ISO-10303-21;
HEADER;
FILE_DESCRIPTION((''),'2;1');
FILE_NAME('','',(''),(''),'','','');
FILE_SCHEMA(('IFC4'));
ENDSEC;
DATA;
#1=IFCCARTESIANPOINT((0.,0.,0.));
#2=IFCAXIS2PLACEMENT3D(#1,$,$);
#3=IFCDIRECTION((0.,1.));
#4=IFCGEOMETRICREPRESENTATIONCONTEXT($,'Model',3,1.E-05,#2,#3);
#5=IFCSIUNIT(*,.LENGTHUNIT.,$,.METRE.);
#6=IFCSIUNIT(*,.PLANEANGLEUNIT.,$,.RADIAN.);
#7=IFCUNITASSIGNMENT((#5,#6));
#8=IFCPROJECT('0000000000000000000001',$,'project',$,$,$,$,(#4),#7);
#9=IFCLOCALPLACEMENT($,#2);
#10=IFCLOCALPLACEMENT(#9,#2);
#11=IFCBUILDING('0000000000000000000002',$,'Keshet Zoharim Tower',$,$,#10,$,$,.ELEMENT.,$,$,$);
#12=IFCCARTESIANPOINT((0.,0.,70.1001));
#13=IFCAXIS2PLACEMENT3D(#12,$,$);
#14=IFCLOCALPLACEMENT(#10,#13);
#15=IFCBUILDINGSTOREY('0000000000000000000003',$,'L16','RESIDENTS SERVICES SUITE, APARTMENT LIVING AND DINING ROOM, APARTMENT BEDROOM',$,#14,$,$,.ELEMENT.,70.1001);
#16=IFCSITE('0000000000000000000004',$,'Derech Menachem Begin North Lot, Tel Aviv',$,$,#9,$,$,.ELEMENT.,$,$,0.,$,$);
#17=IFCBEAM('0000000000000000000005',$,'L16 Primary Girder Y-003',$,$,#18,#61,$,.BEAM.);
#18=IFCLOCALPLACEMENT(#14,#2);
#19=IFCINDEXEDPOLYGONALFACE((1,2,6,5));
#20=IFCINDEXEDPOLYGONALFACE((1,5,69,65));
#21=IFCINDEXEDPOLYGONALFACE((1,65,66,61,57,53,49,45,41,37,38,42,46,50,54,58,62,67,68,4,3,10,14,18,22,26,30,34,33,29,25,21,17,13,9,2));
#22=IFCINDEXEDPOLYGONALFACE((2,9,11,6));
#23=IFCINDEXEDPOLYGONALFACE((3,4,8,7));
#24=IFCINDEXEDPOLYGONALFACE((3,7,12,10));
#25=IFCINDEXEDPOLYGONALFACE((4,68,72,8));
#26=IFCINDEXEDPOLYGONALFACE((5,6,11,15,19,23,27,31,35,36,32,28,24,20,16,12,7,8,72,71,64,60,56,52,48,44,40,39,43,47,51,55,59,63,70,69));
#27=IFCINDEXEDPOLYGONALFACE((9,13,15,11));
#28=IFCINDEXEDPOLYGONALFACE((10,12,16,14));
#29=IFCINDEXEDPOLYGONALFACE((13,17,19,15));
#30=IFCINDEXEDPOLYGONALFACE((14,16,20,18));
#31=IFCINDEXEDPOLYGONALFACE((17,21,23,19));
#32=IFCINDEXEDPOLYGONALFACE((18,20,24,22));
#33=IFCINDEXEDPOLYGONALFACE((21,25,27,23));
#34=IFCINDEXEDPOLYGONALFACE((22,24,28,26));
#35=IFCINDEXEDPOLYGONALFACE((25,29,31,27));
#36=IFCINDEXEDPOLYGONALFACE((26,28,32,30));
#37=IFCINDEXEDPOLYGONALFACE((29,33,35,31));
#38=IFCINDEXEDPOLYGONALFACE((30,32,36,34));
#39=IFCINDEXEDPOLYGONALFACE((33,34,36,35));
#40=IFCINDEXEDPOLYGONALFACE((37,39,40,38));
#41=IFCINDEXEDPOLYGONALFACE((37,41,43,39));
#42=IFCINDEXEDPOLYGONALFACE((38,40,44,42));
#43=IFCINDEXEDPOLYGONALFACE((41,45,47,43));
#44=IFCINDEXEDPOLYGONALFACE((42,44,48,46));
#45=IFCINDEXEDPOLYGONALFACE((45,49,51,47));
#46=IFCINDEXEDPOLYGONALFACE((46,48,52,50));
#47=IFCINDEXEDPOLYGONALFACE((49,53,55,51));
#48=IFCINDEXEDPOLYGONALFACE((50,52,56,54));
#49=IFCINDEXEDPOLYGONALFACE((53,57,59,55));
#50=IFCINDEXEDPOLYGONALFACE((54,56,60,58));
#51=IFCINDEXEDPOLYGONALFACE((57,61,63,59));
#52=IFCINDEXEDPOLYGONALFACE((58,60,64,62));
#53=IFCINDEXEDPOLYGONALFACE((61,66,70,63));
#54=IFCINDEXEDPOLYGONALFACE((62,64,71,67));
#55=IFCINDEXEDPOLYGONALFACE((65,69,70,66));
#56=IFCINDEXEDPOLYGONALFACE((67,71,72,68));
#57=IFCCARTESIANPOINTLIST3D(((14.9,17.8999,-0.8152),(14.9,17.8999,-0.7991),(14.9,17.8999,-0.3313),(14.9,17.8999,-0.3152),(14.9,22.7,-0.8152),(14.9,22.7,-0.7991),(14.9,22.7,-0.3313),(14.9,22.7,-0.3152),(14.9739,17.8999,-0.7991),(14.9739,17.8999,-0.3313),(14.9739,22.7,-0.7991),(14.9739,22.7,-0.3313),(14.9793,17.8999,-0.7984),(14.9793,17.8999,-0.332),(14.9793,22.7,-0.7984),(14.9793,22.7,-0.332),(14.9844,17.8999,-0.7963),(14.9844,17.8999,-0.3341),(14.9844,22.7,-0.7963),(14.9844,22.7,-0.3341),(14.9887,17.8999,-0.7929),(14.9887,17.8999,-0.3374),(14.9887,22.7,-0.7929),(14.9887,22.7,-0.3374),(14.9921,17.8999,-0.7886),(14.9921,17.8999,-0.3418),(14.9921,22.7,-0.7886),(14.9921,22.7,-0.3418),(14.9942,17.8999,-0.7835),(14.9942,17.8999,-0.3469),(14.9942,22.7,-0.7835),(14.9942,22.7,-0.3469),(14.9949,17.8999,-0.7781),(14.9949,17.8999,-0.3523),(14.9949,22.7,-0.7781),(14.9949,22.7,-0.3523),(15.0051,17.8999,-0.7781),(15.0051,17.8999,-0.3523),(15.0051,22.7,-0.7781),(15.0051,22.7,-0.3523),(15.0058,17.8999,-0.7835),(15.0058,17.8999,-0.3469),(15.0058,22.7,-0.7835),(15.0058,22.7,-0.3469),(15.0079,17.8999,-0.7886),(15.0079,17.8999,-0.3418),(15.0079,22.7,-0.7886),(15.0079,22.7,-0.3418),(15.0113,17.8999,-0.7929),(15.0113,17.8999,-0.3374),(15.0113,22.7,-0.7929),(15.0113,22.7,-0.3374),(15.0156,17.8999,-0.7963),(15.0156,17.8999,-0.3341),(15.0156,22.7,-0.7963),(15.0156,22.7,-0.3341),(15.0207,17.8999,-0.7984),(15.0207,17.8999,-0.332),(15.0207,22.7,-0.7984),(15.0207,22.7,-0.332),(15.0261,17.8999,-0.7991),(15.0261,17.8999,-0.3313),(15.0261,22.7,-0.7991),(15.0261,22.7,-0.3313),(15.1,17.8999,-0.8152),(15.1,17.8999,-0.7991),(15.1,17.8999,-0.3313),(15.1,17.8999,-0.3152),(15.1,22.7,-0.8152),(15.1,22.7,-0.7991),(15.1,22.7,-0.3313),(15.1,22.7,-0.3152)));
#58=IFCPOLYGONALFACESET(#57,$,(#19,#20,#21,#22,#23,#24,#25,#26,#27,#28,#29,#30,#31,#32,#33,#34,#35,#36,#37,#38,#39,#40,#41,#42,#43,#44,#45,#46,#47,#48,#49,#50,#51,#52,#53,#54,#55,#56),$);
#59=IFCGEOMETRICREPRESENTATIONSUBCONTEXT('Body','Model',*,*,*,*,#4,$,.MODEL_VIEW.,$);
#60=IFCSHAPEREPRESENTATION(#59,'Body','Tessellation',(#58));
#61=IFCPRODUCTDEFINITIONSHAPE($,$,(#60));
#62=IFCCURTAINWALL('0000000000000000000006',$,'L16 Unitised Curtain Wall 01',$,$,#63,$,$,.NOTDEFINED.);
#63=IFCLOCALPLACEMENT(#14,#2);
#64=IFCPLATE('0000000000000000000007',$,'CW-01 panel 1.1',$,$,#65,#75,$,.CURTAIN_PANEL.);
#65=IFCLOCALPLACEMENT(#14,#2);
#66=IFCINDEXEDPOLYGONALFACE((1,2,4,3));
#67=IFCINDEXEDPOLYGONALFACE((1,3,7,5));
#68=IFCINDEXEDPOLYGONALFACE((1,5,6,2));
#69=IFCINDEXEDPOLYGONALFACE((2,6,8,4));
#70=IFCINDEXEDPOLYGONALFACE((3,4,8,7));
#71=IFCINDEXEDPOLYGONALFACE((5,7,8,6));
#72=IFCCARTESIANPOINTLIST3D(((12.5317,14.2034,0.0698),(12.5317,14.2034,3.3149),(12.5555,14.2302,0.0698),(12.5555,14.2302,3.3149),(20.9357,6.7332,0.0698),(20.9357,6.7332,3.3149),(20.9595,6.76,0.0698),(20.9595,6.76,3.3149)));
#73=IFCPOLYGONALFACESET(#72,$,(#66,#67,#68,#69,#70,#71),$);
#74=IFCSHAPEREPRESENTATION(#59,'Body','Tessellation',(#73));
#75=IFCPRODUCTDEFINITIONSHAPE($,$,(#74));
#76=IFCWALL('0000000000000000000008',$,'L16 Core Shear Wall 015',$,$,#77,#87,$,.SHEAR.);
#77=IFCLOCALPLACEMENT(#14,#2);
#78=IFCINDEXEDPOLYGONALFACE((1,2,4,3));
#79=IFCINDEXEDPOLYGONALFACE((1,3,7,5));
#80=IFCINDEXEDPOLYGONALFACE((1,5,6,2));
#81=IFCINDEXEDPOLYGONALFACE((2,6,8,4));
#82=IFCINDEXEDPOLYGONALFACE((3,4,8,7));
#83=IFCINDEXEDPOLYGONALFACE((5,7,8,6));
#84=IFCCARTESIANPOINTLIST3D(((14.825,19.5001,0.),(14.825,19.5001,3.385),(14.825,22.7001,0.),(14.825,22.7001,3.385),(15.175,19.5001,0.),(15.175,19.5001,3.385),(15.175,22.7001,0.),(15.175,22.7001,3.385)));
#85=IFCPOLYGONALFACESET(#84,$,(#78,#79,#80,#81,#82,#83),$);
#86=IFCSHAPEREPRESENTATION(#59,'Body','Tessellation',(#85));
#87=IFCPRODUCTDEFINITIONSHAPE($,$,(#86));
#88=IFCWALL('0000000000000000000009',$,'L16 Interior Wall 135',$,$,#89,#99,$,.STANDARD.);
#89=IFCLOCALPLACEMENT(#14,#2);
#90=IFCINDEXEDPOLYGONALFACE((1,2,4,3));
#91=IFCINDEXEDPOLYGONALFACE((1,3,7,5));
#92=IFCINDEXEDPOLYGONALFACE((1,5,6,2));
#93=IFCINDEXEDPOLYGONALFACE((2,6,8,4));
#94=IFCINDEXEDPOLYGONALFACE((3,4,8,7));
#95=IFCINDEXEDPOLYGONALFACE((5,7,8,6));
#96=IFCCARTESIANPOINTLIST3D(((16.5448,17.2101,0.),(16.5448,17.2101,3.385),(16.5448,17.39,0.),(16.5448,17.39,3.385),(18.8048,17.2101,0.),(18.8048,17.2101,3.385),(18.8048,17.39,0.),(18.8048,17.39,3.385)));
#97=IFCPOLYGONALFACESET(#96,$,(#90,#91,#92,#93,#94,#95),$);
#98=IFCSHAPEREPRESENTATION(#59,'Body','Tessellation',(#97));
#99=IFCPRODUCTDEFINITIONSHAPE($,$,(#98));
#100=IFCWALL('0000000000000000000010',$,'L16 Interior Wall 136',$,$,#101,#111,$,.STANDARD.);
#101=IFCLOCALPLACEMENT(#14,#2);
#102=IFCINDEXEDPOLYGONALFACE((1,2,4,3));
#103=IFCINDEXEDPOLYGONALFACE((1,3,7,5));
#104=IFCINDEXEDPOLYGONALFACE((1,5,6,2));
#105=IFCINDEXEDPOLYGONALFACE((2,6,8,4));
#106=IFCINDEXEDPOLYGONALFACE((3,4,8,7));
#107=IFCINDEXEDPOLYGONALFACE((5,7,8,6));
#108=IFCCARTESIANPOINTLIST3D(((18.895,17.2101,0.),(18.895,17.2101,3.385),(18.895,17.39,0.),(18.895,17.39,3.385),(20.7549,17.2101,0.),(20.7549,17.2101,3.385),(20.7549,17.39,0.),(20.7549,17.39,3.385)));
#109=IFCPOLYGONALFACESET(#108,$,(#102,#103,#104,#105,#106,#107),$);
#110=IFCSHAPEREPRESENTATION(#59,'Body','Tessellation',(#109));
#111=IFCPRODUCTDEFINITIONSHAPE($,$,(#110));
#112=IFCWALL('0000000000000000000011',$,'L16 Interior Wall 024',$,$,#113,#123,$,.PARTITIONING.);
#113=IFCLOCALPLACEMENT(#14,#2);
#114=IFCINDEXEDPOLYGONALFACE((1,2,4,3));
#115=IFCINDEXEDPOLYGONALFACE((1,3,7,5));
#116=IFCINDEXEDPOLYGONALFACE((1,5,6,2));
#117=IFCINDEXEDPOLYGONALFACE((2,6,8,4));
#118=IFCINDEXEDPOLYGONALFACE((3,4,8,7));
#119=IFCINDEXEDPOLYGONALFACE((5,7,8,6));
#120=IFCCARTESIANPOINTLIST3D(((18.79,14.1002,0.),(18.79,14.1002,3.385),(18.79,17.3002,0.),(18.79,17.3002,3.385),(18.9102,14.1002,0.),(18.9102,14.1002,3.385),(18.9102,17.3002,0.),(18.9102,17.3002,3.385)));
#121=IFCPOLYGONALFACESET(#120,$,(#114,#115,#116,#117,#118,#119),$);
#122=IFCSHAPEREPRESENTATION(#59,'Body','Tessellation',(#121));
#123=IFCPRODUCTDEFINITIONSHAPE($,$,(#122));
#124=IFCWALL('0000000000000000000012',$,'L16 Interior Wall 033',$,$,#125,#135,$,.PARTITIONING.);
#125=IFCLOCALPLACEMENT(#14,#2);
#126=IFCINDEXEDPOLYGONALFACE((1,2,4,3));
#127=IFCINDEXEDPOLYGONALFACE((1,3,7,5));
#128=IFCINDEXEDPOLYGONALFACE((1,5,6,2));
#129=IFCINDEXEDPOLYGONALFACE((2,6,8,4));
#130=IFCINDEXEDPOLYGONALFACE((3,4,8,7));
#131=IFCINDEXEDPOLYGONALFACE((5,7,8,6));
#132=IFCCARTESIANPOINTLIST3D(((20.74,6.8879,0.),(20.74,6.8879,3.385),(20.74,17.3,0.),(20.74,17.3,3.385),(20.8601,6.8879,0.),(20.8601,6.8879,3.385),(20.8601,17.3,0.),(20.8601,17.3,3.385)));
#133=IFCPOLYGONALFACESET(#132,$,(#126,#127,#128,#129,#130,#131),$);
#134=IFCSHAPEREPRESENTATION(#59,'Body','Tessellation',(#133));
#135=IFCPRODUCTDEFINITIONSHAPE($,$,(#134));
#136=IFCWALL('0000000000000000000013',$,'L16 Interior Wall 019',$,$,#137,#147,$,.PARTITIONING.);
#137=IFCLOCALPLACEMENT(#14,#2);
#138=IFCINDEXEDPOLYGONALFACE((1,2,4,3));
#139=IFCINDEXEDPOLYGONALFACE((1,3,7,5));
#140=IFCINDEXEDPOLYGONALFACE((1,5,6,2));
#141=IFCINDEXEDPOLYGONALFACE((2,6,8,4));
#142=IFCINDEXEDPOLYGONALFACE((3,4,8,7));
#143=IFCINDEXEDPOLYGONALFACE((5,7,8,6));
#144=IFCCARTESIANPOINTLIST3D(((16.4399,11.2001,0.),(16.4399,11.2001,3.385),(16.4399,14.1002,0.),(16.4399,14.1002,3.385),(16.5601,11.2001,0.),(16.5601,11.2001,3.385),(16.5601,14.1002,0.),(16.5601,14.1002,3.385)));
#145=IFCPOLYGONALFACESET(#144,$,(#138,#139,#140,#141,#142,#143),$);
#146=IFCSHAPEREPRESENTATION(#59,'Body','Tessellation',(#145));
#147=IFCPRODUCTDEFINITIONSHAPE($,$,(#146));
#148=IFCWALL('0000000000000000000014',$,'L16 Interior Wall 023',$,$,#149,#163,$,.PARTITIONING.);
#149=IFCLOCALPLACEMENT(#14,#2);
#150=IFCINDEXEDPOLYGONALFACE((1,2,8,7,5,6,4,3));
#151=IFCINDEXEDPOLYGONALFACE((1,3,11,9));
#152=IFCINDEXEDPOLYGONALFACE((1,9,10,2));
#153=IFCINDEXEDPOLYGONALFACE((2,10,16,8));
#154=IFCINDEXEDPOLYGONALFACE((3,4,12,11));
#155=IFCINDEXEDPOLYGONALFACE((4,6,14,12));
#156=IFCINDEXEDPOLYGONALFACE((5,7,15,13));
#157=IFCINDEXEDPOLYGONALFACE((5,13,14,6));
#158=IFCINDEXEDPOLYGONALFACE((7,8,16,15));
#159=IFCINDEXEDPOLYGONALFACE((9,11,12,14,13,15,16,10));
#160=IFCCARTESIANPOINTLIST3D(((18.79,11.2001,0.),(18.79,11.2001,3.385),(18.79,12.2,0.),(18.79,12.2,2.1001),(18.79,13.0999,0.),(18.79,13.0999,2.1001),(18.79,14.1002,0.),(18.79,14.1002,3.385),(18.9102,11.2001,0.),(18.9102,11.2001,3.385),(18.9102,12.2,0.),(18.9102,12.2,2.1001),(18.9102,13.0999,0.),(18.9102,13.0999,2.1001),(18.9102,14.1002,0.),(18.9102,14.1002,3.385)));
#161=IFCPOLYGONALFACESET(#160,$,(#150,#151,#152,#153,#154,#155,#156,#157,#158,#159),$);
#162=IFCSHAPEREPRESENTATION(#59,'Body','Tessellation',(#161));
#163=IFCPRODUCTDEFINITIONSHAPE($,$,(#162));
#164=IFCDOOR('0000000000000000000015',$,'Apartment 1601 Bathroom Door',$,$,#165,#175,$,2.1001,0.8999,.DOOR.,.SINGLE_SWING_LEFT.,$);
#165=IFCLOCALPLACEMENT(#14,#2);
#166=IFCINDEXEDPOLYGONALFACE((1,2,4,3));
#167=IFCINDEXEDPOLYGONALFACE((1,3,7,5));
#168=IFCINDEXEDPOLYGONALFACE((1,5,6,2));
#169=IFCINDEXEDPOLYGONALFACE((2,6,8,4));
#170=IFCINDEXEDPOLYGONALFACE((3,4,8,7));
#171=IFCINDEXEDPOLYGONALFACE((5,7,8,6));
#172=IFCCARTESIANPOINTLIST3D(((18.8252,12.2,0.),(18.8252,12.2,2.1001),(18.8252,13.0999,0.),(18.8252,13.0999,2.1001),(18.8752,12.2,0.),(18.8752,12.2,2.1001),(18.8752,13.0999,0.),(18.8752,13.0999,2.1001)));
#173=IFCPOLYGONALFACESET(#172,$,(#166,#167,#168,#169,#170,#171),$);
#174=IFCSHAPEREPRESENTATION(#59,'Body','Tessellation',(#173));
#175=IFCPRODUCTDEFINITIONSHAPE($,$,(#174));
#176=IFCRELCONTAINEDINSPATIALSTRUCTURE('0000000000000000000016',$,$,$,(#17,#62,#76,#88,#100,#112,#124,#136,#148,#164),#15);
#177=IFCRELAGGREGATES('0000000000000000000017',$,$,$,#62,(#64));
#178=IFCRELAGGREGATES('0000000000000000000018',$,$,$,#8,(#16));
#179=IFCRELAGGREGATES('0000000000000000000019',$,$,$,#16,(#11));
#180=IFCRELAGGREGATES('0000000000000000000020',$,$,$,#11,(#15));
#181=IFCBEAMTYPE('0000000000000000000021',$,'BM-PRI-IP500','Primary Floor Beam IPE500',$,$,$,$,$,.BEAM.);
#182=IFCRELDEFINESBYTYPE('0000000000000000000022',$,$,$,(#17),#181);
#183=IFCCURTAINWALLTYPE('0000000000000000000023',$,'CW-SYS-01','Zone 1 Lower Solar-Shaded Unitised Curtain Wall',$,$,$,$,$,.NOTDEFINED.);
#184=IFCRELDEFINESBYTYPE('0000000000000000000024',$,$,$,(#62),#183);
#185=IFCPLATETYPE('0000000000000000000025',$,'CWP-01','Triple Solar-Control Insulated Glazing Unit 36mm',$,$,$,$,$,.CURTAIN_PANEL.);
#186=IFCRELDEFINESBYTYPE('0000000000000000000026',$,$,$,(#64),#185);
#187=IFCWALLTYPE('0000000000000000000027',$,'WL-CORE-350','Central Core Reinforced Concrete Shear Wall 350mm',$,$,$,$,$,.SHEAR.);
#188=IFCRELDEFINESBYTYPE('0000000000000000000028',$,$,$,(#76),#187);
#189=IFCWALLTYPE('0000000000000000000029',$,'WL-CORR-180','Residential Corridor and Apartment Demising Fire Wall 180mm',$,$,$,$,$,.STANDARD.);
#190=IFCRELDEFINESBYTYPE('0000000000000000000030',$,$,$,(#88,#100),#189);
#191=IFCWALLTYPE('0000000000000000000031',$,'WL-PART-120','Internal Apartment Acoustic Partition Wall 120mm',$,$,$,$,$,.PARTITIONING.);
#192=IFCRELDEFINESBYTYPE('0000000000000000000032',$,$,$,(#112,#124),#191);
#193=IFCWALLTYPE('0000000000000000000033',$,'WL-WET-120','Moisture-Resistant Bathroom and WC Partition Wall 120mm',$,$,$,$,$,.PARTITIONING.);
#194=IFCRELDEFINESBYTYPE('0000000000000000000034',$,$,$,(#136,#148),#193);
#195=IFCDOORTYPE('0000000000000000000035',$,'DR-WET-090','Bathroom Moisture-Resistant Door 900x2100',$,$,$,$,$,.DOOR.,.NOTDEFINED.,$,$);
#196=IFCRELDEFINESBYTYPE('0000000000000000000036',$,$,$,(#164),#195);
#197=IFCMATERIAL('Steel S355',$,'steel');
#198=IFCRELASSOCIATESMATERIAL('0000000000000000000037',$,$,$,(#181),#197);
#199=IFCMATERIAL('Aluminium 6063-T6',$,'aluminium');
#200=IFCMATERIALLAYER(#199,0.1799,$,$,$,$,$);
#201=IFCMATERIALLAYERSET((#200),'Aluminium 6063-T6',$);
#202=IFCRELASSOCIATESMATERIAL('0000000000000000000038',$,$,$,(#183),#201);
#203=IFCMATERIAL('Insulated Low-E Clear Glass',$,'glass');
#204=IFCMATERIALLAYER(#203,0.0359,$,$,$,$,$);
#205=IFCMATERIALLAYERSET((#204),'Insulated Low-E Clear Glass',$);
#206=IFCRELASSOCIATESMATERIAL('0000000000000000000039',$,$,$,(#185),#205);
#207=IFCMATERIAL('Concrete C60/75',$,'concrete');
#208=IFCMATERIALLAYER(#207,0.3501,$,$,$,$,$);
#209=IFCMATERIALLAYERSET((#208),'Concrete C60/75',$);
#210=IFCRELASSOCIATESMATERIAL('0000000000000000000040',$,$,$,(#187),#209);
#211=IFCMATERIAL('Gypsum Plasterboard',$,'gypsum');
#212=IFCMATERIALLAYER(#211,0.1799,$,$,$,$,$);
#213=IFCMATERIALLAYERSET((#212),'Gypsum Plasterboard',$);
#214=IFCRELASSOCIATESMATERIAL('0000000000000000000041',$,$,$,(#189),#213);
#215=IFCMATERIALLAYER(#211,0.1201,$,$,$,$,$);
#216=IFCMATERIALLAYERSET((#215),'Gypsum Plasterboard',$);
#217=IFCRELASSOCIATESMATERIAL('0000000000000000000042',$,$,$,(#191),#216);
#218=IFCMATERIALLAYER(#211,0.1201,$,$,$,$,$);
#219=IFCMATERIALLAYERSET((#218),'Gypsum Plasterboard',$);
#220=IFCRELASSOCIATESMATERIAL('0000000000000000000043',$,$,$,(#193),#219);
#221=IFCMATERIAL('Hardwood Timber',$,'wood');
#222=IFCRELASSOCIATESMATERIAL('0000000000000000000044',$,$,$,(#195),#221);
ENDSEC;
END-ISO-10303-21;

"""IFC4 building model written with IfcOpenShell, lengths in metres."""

from ifc_helpers import new_model, si_unit, direction, frame, frame_2d, origin, origin_2d, place, context, subcontext, project, spatial, rectangle, i_section, extrude, material, layer, layer_set, material_profile, profile_set, type_object, element, fill, aggregate, save


model = new_model("IFC4")

# Units and contexts
model_context = context("Model", 3, precision=1e-05, world=origin(), true_north=direction((0.0, 1.0)))
body_context = subcontext(model_context, "Body", "Model", "MODEL_VIEW")
ifc_project = project(units=[si_unit("LENGTHUNIT", "METRE"), si_unit("PLANEANGLEUNIT", "RADIAN")], contexts=[model_context])

# Site, building, storey
site_placement = place(None, origin())
site = spatial("IfcSite", under=ifc_project, at=site_placement, Name="Derech Menachem Begin North Lot, Tel Aviv", CompositionType="ELEMENT", RefElevation=0.0)
building_placement = place(site_placement, origin())
building = spatial("IfcBuilding", under=site, at=building_placement, Name="Keshet Zoharim Tower", CompositionType="ELEMENT")
storey_placement = place(building_placement, frame((0.0, 0.0, 70.1001)))
storey = spatial("IfcBuildingStorey", under=building, at=storey_placement, Name="L16", Description="RESIDENTS SERVICES SUITE, APARTMENT LIVING AND DINING ROOM, APARTMENT BEDROOM", CompositionType="ELEMENT", Elevation=70.1001)

# Shared definitions
ifc_material_1 = material(Name="Concrete C60/75", Category="concrete")

# Beam
ifc_material_2 = material(Name="Steel S355", Category="steel")
ifc_material_profile_1 = material_profile(ifc_material_2, i_section(OverallWidth=0.2, OverallDepth=0.5, WebThickness=0.0103, FlangeThickness=0.0161, FilletRadius=0.021, at=origin_2d()), Name="IPE500")
ifc_profile_set_1 = profile_set([ifc_material_profile_1], Name="Steel S355")
beam_type_1 = type_object("IfcBeamType", Name="BM-PRI-IP500", Description="Primary Floor Beam IPE500", PredefinedType="BEAM", material=ifc_profile_set_1)
beam_1_placement = place(storey_placement, frame((15.0, 17.8999, -0.5652), z_axis=(0.0, 1.0, 0.0), x_axis=(-1.0, 0.0, 0.0)))
element("IfcBeam", 1, at=beam_1_placement, inside=storey, type_object=beam_type_1, Name="L16 Primary Girder Y-003", PredefinedType="BEAM", context=body_context, shape_type="SweptSolid", body=[
    extrude(i_section(OverallWidth=0.2, OverallDepth=0.5, WebThickness=0.0103, FlangeThickness=0.0161, FilletRadius=0.021, at=origin_2d()), origin(), (0.0, 0.0, 1.0), 4.8),
])

# Curtain wall, plate
ifc_material_3 = material(Name="Aluminium 6063-T6", Category="aluminium")
ifc_layer_1 = layer(ifc_material_3, 0.1799)
ifc_layer_set_1 = layer_set([ifc_layer_1], Name="Aluminium 6063-T6")
curtain_wall_type = type_object("IfcCurtainWallType", Name="CW-SYS-01", Description="Zone 1 Lower Solar-Shaded Unitised Curtain Wall", PredefinedType="NOTDEFINED", material=ifc_layer_set_1)
curtain_wall_placement = place(storey_placement, origin())
curtain_wall = element("IfcCurtainWall", 2, at=curtain_wall_placement, inside=storey, type_object=curtain_wall_type, Name="L16 Unitised Curtain Wall 01", PredefinedType="NOTDEFINED")
ifc_material_4 = material(Name="Insulated Low-E Clear Glass", Category="glass")
ifc_layer_2 = layer(ifc_material_4, 0.0359)
ifc_layer_set_2 = layer_set([ifc_layer_2], Name="Insulated Low-E Clear Glass")
plate_type = type_object("IfcPlateType", Name="CWP-01", Description="Triple Solar-Control Insulated Glazing Unit 36mm", PredefinedType="CURTAIN_PANEL", material=ifc_layer_set_2)
plate_placement = place(storey_placement, frame((16.7456, 10.4817, 0.0698), z_axis=(0.0, 0.0, 1.0), x_axis=(-0.747409, 0.664364, 0.0)))
plate = element("IfcPlate", 3, at=plate_placement, type_object=plate_type, Name="CW-01 panel 1.1", PredefinedType="CURTAIN_PANEL", context=body_context, shape_type="SweptSolid", body=[
    extrude(rectangle(XDim=11.2441, YDim=0.0359, at=origin_2d()), origin(), (0.0, 0.0, 1.0), 3.2451),
])
aggregate(curtain_wall, [plate])

# Walls
ifc_layer_3 = layer(ifc_material_1, 0.3501)
ifc_layer_set_3 = layer_set([ifc_layer_3], Name="Concrete C60/75")
wall_type_1 = type_object("IfcWallType", Name="WL-CORE-350", Description="Central Core Reinforced Concrete Shear Wall 350mm", PredefinedType="SHEAR", material=ifc_layer_set_3)
wall_1_placement = place(storey_placement, frame((15.0, 19.5, 0.0), z_axis=(0.0, 0.0, 1.0), x_axis=(0.0, 1.0, 0.0)))
element("IfcWall", 4, at=wall_1_placement, inside=storey, type_object=wall_type_1, Name="L16 Core Shear Wall 015", PredefinedType="SHEAR", context=body_context, shape_type="SweptSolid", body=[
    extrude(rectangle(XDim=3.2, YDim=0.3501, at=frame_2d((1.6001, 0.0))), origin(), (0.0, 0.0, 1.0), 3.385),
])
ifc_material_5 = material(Name="Gypsum Plasterboard", Category="gypsum")
ifc_layer_4 = layer(ifc_material_5, 0.1799)
ifc_layer_set_4 = layer_set([ifc_layer_4], Name="Gypsum Plasterboard")
wall_type_2 = type_object("IfcWallType", Name="WL-CORR-180", Description="Residential Corridor and Apartment Demising Fire Wall 180mm", PredefinedType="STANDARD", material=ifc_layer_set_4)
wall_2_placement = place(storey_placement, frame((16.5449, 17.3, 0.0), z_axis=(0.0, 0.0, 1.0), x_axis=(1.0, 0.0, 0.0)))
element("IfcWall", 5, at=wall_2_placement, inside=storey, type_object=wall_type_2, Name="L16 Interior Wall 135", PredefinedType="STANDARD", context=body_context, shape_type="SweptSolid", body=[
    extrude(rectangle(XDim=2.26, YDim=0.1799, at=frame_2d((1.1299, 0.0))), origin(), (0.0, 0.0, 1.0), 3.385),
])
wall_3_placement = place(storey_placement, frame((18.895, 17.3, 0.0), z_axis=(0.0, 0.0, 1.0), x_axis=(1.0, 0.0, 0.0)))
element("IfcWall", 6, at=wall_3_placement, inside=storey, type_object=wall_type_2, Name="L16 Interior Wall 136", PredefinedType="STANDARD", context=body_context, shape_type="SweptSolid", body=[
    extrude(rectangle(XDim=1.8599, YDim=0.1799, at=frame_2d((0.9299, 0.0))), origin(), (0.0, 0.0, 1.0), 3.385),
])

# Shared definitions
ifc_material_6 = material(Name="Hardwood Timber", Category="wood")
ifc_layer_5 = layer(ifc_material_5, 0.1201)
ifc_layer_set_5 = layer_set([ifc_layer_5], Name="Gypsum Plasterboard")
wall_type_3 = type_object("IfcWallType", Name="WL-PART-120", Description="Internal Apartment Acoustic Partition Wall 120mm", PredefinedType="PARTITIONING", material=ifc_layer_set_5)

# Walls
wall_4_placement = place(storey_placement, frame((18.8501, 14.1001, 0.0), z_axis=(0.0, 0.0, 1.0), x_axis=(0.0, 1.0, 0.0)))
element("IfcWall", 7, at=wall_4_placement, inside=storey, type_object=wall_type_3, Name="L16 Interior Wall 024", PredefinedType="PARTITIONING", context=body_context, shape_type="SweptSolid", body=[
    extrude(rectangle(XDim=3.2, YDim=0.1201, at=frame_2d((1.6001, 0.0))), origin(), (0.0, 0.0, 1.0), 3.385),
])
wall_5_placement = place(storey_placement, frame((20.8, 6.8879, 0.0), z_axis=(0.0, 0.0, 1.0), x_axis=(0.0, 1.0, 0.0)))
element("IfcWall", 8, at=wall_5_placement, inside=storey, type_object=wall_type_3, Name="L16 Interior Wall 033", PredefinedType="PARTITIONING", context=body_context, shape_type="SweptSolid", body=[
    extrude(rectangle(XDim=10.4121, YDim=0.1201, at=frame_2d((5.2061, 0.0))), origin(), (0.0, 0.0, 1.0), 3.385),
])
ifc_layer_6 = layer(ifc_material_5, 0.1201)
ifc_layer_set_6 = layer_set([ifc_layer_6], Name="Gypsum Plasterboard")
wall_type_4 = type_object("IfcWallType", Name="WL-WET-120", Description="Moisture-Resistant Bathroom and WC Partition Wall 120mm", PredefinedType="PARTITIONING", material=ifc_layer_set_6)
wall_6_placement = place(storey_placement, frame((16.5, 11.2, 0.0), z_axis=(0.0, 0.0, 1.0), x_axis=(0.0, 1.0, 0.0)))
element("IfcWall", 9, at=wall_6_placement, inside=storey, type_object=wall_type_4, Name="L16 Interior Wall 019", PredefinedType="PARTITIONING", context=body_context, shape_type="SweptSolid", body=[
    extrude(rectangle(XDim=2.9001, YDim=0.1201, at=frame_2d((1.4502, 0.0))), origin(), (0.0, 0.0, 1.0), 3.385),
])

# Wall, opening, door
wall_7_placement = place(storey_placement, frame((18.8501, 11.2, 0.0), z_axis=(0.0, 0.0, 1.0), x_axis=(0.0, 1.0, 0.0)))
wall_7 = element("IfcWall", 10, at=wall_7_placement, inside=storey, type_object=wall_type_4, Name="L16 Interior Wall 023", PredefinedType="PARTITIONING", context=body_context, shape_type="SweptSolid", body=[
    extrude(rectangle(XDim=2.9001, YDim=0.1201, at=frame_2d((1.4502, 0.0))), origin(), (0.0, 0.0, 1.0), 3.385),
])
opening_1_placement = place(wall_7_placement, frame((1.0, 0.0, 0.0)))
opening_1 = element("IfcOpeningElement", 11, at=opening_1_placement, cuts=wall_7, PredefinedType="OPENING", context=body_context, shape_type="SweptSolid", body=[
    extrude(rectangle(XDim=0.8999, YDim=2.1001, at=frame_2d((0.45, 1.05))), frame((0.0, 0.0701, 0.0), z_axis=(0.0, -1.0, 0.0), x_axis=(1.0, 0.0, 0.0)), (0.0, 0.0, 1.0), 0.1401),
])
door_type_1 = type_object("IfcDoorType", Name="DR-WET-090", Description="Bathroom Moisture-Resistant Door 900x2100", OperationType="NOTDEFINED", PredefinedType="DOOR", material=ifc_material_6)
door_1_placement = place(opening_1_placement, origin())
door_1 = element("IfcDoor", 12, at=door_1_placement, inside=storey, type_object=door_type_1, Name="Apartment 1601 Bathroom Door", OperationType="SINGLE_SWING_LEFT", OverallHeight=2.1001, OverallWidth=0.8999, PredefinedType="DOOR", context=body_context, shape_type="SweptSolid", body=[
    extrude(rectangle(XDim=0.8999, YDim=2.1001, at=frame_2d((0.45, 1.05))), frame((0.0, 0.0249, 0.0), z_axis=(0.0, -1.0, 0.0), x_axis=(1.0, 0.0, 0.0)), (0.0, 0.0, 1.0), 0.05),
])
fill(opening_1, door_1)

save(model, "model.ifc")
